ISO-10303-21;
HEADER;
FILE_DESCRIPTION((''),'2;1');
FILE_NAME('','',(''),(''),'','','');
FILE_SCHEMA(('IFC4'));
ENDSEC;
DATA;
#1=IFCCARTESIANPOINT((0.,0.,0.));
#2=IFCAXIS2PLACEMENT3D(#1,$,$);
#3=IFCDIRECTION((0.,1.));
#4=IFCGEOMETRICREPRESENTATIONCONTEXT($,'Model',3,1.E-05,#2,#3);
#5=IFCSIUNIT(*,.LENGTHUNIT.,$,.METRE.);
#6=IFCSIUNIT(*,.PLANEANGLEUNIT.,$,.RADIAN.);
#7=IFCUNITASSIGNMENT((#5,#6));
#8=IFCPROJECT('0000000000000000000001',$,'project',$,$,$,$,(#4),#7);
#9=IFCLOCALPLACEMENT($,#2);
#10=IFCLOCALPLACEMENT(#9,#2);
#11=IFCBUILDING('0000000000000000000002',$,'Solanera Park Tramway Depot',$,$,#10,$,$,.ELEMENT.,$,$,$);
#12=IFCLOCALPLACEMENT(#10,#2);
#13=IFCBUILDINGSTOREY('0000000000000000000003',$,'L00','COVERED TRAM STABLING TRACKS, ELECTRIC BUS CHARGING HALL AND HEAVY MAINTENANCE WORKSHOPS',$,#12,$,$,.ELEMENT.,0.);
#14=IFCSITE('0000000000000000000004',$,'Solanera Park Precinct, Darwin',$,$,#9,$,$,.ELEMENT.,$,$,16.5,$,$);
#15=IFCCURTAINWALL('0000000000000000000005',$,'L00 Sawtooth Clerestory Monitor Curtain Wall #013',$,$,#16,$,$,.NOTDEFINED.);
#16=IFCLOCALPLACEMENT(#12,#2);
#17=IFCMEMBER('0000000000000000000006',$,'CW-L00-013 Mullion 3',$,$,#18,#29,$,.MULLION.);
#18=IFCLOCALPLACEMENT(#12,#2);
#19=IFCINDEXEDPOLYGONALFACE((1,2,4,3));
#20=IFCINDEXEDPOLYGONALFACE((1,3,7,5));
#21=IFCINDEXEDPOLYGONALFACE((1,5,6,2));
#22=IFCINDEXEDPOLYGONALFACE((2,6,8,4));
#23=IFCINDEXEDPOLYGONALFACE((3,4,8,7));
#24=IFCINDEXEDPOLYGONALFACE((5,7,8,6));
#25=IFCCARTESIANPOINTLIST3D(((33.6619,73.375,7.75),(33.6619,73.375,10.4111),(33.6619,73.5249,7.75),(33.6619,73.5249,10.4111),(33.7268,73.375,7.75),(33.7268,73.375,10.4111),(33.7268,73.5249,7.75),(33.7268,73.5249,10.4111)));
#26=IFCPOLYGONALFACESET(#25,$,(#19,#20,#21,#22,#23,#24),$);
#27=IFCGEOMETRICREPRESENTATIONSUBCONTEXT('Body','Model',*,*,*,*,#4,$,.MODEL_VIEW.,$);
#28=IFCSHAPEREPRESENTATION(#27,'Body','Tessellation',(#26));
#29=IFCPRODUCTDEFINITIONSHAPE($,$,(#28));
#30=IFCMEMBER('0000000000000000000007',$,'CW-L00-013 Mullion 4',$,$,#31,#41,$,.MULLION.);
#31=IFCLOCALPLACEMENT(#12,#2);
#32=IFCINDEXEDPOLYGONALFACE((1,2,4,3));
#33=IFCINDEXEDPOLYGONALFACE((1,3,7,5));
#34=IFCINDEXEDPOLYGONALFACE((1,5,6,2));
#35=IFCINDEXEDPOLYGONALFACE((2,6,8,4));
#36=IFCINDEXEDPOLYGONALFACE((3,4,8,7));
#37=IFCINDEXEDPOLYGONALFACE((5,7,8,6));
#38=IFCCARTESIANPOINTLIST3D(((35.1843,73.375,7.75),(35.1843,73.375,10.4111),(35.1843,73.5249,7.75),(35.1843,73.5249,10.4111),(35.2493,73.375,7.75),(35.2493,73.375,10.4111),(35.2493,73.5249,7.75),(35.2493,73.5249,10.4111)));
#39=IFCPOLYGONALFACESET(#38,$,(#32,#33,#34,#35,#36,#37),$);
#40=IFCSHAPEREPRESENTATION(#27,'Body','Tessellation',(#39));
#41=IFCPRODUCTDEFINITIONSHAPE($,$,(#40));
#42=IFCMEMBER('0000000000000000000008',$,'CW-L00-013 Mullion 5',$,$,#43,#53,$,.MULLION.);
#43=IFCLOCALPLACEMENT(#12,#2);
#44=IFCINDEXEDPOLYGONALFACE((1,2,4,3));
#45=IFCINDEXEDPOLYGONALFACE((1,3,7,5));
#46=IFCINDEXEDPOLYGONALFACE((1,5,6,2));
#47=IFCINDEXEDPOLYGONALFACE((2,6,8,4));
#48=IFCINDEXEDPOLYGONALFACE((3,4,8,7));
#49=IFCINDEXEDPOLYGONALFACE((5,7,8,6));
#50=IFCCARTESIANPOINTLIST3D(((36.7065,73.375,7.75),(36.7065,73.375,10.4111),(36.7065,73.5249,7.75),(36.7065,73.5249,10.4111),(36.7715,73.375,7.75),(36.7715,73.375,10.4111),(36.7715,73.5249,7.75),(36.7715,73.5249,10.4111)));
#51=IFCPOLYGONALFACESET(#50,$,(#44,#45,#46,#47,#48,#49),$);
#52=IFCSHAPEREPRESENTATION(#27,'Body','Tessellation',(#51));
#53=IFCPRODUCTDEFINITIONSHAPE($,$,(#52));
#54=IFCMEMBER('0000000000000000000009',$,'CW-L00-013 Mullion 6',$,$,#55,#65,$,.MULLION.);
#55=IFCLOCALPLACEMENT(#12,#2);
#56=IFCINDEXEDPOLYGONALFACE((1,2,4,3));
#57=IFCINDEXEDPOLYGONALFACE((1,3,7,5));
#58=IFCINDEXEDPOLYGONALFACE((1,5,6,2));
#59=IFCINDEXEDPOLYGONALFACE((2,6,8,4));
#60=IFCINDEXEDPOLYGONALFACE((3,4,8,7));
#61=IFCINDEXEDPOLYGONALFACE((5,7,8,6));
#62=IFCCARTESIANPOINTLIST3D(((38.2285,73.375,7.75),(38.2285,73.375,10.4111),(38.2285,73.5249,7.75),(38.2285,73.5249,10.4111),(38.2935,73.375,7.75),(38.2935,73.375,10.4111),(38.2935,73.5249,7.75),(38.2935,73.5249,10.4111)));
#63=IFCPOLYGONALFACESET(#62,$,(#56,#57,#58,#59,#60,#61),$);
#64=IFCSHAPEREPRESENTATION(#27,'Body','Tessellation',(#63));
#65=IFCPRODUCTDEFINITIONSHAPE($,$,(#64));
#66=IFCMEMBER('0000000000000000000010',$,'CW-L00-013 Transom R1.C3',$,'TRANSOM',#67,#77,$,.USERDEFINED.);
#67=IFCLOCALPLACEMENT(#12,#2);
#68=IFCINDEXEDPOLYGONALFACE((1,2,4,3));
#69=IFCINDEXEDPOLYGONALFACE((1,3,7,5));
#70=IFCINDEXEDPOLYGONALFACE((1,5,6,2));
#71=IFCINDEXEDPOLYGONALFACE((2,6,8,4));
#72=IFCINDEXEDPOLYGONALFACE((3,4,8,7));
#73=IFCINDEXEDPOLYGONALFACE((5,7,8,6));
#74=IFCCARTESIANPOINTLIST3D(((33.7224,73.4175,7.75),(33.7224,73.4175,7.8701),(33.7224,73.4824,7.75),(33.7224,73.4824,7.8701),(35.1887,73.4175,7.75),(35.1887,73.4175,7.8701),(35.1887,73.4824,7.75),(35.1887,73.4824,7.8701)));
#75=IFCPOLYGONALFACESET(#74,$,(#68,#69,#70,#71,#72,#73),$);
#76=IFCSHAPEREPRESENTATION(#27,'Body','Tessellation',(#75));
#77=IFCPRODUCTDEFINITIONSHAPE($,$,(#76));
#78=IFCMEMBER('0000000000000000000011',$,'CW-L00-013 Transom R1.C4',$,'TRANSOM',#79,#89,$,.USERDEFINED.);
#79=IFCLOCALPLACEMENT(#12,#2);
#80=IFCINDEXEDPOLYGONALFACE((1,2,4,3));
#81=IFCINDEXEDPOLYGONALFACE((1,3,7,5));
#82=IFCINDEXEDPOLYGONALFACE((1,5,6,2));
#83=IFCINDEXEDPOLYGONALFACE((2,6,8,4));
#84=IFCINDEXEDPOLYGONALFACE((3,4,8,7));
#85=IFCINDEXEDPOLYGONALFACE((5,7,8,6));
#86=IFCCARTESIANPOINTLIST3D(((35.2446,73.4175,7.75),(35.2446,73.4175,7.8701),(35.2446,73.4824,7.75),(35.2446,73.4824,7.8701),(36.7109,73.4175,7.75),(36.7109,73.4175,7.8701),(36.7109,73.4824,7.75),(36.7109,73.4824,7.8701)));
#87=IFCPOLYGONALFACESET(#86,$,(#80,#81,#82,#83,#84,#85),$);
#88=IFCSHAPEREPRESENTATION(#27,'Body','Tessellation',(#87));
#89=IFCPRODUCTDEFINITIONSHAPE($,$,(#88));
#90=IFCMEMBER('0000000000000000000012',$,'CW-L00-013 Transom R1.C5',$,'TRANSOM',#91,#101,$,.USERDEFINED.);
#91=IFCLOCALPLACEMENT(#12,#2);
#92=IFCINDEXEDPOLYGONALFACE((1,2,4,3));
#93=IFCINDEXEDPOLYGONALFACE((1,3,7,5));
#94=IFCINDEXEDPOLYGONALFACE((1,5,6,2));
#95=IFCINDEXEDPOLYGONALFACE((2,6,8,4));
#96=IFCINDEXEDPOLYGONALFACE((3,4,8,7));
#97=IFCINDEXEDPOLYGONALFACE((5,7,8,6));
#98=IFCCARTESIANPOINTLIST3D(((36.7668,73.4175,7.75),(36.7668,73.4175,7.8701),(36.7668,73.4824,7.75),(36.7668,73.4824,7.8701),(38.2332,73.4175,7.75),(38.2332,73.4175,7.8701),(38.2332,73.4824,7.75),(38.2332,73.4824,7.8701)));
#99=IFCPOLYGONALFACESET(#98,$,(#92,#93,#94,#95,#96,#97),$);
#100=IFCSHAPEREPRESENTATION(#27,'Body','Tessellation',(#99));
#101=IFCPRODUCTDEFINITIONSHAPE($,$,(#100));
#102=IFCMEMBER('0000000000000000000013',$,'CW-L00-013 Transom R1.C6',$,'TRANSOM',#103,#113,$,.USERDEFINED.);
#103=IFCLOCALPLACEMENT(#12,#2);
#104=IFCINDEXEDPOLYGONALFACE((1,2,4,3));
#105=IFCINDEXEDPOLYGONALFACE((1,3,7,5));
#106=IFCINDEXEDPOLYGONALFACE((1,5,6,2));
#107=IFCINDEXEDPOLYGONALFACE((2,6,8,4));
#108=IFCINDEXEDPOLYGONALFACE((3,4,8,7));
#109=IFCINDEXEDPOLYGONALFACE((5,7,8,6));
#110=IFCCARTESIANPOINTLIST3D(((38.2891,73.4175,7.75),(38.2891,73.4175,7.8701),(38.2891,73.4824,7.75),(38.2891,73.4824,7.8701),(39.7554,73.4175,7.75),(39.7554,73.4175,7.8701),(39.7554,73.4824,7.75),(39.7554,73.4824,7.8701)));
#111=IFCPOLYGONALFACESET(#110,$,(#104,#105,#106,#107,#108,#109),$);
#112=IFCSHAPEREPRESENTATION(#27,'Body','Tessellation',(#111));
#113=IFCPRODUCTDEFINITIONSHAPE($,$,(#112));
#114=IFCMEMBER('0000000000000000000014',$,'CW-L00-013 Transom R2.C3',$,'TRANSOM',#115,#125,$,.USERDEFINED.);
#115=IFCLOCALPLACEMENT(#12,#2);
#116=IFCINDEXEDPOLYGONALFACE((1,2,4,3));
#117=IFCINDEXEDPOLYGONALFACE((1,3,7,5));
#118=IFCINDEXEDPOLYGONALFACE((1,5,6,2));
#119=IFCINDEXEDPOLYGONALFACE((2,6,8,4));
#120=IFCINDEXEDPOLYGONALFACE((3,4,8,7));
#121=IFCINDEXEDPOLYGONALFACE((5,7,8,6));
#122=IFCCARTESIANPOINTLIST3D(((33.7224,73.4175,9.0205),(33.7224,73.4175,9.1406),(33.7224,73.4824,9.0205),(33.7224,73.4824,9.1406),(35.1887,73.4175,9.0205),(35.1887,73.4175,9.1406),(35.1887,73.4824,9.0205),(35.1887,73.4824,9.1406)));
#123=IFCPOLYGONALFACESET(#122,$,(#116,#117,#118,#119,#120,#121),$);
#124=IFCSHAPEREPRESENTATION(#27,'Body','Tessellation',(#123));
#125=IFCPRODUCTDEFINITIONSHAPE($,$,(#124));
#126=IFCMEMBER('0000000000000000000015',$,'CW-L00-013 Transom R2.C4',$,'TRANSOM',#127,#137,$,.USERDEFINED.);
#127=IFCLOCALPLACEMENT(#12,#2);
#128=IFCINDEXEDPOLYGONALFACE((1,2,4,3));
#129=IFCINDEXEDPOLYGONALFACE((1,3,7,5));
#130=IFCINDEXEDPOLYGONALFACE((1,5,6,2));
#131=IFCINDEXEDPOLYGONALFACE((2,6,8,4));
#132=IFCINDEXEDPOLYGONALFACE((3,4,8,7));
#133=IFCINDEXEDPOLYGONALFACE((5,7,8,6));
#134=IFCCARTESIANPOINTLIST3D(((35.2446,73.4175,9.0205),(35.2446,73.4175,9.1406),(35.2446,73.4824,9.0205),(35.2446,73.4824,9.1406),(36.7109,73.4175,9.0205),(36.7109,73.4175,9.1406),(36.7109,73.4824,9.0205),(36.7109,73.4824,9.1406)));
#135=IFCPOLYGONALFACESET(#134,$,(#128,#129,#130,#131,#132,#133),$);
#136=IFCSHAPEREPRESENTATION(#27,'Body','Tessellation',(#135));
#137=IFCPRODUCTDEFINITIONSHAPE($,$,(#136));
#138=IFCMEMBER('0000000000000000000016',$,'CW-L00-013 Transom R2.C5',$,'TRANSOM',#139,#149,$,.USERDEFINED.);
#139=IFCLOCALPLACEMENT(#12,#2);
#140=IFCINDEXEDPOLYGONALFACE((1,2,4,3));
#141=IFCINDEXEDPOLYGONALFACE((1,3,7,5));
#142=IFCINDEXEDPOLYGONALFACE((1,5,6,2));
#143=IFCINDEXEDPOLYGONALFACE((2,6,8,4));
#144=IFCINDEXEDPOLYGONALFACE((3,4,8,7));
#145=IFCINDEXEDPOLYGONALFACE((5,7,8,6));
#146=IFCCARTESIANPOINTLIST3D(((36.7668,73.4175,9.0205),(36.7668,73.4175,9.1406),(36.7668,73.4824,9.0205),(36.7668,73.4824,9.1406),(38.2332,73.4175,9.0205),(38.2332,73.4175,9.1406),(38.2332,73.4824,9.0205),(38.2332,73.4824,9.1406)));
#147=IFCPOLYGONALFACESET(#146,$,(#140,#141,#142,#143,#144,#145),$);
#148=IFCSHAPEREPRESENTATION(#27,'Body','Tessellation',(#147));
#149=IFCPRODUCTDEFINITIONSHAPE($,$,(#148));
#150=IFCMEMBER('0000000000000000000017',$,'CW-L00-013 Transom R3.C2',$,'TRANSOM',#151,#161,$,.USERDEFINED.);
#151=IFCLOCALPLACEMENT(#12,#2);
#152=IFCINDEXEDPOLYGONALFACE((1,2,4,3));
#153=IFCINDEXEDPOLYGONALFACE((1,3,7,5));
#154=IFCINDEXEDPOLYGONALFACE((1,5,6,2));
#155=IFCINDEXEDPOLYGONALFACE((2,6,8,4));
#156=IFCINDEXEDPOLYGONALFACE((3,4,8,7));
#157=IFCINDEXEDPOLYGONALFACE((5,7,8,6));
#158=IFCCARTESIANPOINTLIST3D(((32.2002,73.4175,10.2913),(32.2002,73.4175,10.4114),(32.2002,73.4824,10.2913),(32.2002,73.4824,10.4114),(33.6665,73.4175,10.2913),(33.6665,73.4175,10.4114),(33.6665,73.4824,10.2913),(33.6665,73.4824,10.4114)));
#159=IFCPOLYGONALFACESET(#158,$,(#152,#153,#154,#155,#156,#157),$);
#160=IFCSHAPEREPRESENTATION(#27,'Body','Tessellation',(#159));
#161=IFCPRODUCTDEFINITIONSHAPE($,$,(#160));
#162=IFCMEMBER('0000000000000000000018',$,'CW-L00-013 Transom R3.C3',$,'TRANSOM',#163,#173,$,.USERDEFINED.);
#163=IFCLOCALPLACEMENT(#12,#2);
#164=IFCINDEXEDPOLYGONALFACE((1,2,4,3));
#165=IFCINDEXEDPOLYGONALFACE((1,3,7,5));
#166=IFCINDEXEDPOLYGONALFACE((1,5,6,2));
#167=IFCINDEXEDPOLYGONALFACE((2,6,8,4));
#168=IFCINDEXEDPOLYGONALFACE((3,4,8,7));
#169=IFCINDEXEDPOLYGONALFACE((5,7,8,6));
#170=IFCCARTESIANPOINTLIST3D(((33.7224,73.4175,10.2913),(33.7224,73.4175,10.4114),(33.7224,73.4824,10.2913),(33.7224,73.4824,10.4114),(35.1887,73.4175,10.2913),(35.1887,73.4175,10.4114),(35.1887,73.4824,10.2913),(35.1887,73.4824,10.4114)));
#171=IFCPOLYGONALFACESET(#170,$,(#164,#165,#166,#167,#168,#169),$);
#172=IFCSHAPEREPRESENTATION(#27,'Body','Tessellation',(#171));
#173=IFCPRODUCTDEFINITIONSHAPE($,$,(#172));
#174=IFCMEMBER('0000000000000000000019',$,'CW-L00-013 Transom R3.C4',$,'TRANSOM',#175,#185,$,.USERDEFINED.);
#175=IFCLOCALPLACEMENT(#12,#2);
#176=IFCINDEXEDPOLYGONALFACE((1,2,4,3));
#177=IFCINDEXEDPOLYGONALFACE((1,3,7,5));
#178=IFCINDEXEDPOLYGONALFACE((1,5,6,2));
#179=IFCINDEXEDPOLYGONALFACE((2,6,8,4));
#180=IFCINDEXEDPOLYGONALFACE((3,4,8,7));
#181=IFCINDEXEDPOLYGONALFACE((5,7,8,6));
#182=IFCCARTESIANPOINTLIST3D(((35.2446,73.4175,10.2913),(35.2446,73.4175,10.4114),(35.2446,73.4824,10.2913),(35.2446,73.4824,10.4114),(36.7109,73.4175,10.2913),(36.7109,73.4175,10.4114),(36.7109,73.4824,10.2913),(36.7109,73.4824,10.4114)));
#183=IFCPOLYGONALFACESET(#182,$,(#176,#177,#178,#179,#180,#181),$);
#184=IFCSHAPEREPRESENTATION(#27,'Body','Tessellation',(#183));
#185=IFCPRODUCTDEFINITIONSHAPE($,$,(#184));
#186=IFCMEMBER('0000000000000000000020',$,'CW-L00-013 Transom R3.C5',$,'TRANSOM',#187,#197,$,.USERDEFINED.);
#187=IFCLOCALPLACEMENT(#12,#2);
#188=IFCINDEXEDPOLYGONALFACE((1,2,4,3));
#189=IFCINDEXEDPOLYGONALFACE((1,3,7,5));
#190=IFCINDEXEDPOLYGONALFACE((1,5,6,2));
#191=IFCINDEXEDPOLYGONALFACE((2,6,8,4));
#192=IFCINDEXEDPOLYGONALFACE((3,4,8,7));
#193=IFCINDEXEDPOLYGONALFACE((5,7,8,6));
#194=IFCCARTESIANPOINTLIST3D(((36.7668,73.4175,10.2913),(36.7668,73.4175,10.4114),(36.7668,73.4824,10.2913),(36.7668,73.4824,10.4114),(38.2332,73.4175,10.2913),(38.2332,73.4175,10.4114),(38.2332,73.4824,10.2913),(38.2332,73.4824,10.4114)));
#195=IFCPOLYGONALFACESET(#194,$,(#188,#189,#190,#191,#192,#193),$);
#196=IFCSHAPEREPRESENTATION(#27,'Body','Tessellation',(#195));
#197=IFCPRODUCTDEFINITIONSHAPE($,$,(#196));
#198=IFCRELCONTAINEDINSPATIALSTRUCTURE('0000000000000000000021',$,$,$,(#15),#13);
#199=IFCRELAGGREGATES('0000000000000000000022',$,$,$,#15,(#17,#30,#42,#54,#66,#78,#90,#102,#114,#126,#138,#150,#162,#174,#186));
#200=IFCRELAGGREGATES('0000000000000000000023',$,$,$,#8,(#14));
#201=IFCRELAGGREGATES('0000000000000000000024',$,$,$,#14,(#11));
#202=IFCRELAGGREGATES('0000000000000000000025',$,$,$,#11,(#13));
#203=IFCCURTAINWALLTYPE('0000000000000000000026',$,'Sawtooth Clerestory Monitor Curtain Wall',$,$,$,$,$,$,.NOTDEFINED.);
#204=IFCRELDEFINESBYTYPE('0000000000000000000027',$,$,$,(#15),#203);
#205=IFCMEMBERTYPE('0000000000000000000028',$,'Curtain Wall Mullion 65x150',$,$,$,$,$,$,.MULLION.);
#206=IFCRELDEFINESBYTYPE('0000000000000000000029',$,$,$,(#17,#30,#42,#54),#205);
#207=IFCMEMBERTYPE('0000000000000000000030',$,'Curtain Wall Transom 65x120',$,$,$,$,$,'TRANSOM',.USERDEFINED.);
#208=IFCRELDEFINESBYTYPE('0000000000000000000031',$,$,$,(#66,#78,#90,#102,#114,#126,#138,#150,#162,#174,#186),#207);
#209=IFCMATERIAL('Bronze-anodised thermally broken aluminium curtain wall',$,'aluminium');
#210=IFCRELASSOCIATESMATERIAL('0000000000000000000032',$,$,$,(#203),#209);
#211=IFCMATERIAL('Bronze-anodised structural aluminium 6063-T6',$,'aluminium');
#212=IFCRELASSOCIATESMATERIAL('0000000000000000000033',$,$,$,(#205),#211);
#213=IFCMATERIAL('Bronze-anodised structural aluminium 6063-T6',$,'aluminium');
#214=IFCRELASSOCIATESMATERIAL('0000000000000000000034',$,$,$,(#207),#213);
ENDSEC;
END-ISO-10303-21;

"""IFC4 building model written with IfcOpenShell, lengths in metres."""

from ifc_helpers import new_model, si_unit, direction, frame, origin, origin_2d, place, context, subcontext, project, spatial, rectangle, extrude, material, material_profile, profile_set, type_object, element, aggregate, save


model = new_model("IFC4")

# Units and contexts
model_context = context("Model", 3, precision=1e-05, world=origin(), true_north=direction((0.0, 1.0)))
body_context = subcontext(model_context, "Body", "Model", "MODEL_VIEW")
ifc_project = project(units=[si_unit("LENGTHUNIT", "METRE"), si_unit("PLANEANGLEUNIT", "RADIAN")], contexts=[model_context])

# Site, building, storey
site_placement = place(None, origin())
site = spatial("IfcSite", under=ifc_project, at=site_placement, Name="Solanera Park Precinct, Darwin", CompositionType="ELEMENT", RefElevation=16.5)
building_placement = place(site_placement, origin())
building = spatial("IfcBuilding", under=site, at=building_placement, Name="Solanera Park Tramway Depot", CompositionType="ELEMENT")
storey_placement = place(building_placement, origin())
storey = spatial("IfcBuildingStorey", under=building, at=storey_placement, Name="L00", Description="COVERED TRAM STABLING TRACKS, ELECTRIC BUS CHARGING HALL AND HEAVY MAINTENANCE WORKSHOPS", CompositionType="ELEMENT", Elevation=0.0)

# Curtain wall, members
ifc_material_1 = material(Name="Bronze-anodised thermally broken aluminium curtain wall", Category="aluminium")
curtain_wall_type = type_object("IfcCurtainWallType", Name="Sawtooth Clerestory Monitor Curtain Wall", PredefinedType="NOTDEFINED", material=ifc_material_1)
curtain_wall_placement = place(storey_placement, origin())
curtain_wall = element("IfcCurtainWall", 1, at=curtain_wall_placement, inside=storey, type_object=curtain_wall_type, Name="L00 Sawtooth Clerestory Monitor Curtain Wall #013", PredefinedType="NOTDEFINED")
ifc_material_2 = material(Name="Bronze-anodised structural aluminium 6063-T6", Category="aluminium")
ifc_material_profile_1 = material_profile(ifc_material_2, rectangle(XDim=0.0649, YDim=0.1499, at=origin_2d()), Name="Curtain Wall Mullion 65x150")
ifc_profile_set_1 = profile_set([ifc_material_profile_1], Name="Bronze-anodised structural aluminium 6063-T6")
member_type_1 = type_object("IfcMemberType", Name="Curtain Wall Mullion 65x150", PredefinedType="MULLION", material=ifc_profile_set_1)
member_1_placement = place(storey_placement, frame((33.6943, 73.45, 7.75), z_axis=(0.0, 0.0, 1.0), x_axis=(1.0, 0.0, 0.0)))
member_1 = element("IfcMember", 2, at=member_1_placement, type_object=member_type_1, Name="CW-L00-013 Mullion 3", PredefinedType="MULLION", context=body_context, shape_type="SweptSolid", body=[
    extrude(rectangle(XDim=0.0649, YDim=0.1499, at=origin_2d()), origin(), (0.0, 0.0, 1.0), 2.6611),
])
member_2_placement = place(storey_placement, frame((35.2168, 73.45, 7.75), z_axis=(0.0, 0.0, 1.0), x_axis=(1.0, 0.0, 0.0)))
member_2 = element("IfcMember", 3, at=member_2_placement, type_object=member_type_1, Name="CW-L00-013 Mullion 4", PredefinedType="MULLION", context=body_context, shape_type="SweptSolid", body=[
    extrude(rectangle(XDim=0.0649, YDim=0.1499, at=origin_2d()), origin(), (0.0, 0.0, 1.0), 2.6611),
])
member_3_placement = place(storey_placement, frame((36.739, 73.45, 7.75), z_axis=(0.0, 0.0, 1.0), x_axis=(1.0, 0.0, 0.0)))
member_3 = element("IfcMember", 4, at=member_3_placement, type_object=member_type_1, Name="CW-L00-013 Mullion 5", PredefinedType="MULLION", context=body_context, shape_type="SweptSolid", body=[
    extrude(rectangle(XDim=0.0649, YDim=0.1499, at=origin_2d()), origin(), (0.0, 0.0, 1.0), 2.6611),
])
member_4_placement = place(storey_placement, frame((38.261, 73.45, 7.75), z_axis=(0.0, 0.0, 1.0), x_axis=(1.0, 0.0, 0.0)))
member_4 = element("IfcMember", 5, at=member_4_placement, type_object=member_type_1, Name="CW-L00-013 Mullion 6", PredefinedType="MULLION", context=body_context, shape_type="SweptSolid", body=[
    extrude(rectangle(XDim=0.0649, YDim=0.1499, at=origin_2d()), origin(), (0.0, 0.0, 1.0), 2.6611),
])
ifc_material_3 = material(Name="Bronze-anodised structural aluminium 6063-T6", Category="aluminium")
ifc_material_profile_2 = material_profile(ifc_material_3, rectangle(XDim=0.0649, YDim=0.1201, at=origin_2d()), Name="Curtain Wall Transom 65x120")
ifc_profile_set_2 = profile_set([ifc_material_profile_2], Name="Bronze-anodised structural aluminium 6063-T6")
member_type_2 = type_object("IfcMemberType", Name="Curtain Wall Transom 65x120", ElementType="TRANSOM", PredefinedType="USERDEFINED", material=ifc_profile_set_2)
member_5_placement = place(storey_placement, frame((33.7224, 73.45, 7.8101), z_axis=(1.0, 0.0, 0.0), x_axis=(0.0, 1.0, 0.0)))
member_5 = element("IfcMember", 6, at=member_5_placement, type_object=member_type_2, Name="CW-L00-013 Transom R1.C3", ObjectType="TRANSOM", PredefinedType="USERDEFINED", context=body_context, shape_type="SweptSolid", body=[
    extrude(rectangle(XDim=0.0649, YDim=0.1201, at=origin_2d()), origin(), (0.0, 0.0, 1.0), 1.4663),
])
member_6_placement = place(storey_placement, frame((35.2446, 73.45, 7.8101), z_axis=(1.0, 0.0, 0.0), x_axis=(0.0, 1.0, 0.0)))
member_6 = element("IfcMember", 7, at=member_6_placement, type_object=member_type_2, Name="CW-L00-013 Transom R1.C4", ObjectType="TRANSOM", PredefinedType="USERDEFINED", context=body_context, shape_type="SweptSolid", body=[
    extrude(rectangle(XDim=0.0649, YDim=0.1201, at=origin_2d()), origin(), (0.0, 0.0, 1.0), 1.4663),
])
member_7_placement = place(storey_placement, frame((36.7668, 73.45, 7.8101), z_axis=(1.0, 0.0, 0.0), x_axis=(0.0, 1.0, 0.0)))
member_7 = element("IfcMember", 8, at=member_7_placement, type_object=member_type_2, Name="CW-L00-013 Transom R1.C5", ObjectType="TRANSOM", PredefinedType="USERDEFINED", context=body_context, shape_type="SweptSolid", body=[
    extrude(rectangle(XDim=0.0649, YDim=0.1201, at=origin_2d()), origin(), (0.0, 0.0, 1.0), 1.4663),
])
member_8_placement = place(storey_placement, frame((38.2891, 73.45, 7.8101), z_axis=(1.0, 0.0, 0.0), x_axis=(0.0, 1.0, 0.0)))
member_8 = element("IfcMember", 9, at=member_8_placement, type_object=member_type_2, Name="CW-L00-013 Transom R1.C6", ObjectType="TRANSOM", PredefinedType="USERDEFINED", context=body_context, shape_type="SweptSolid", body=[
    extrude(rectangle(XDim=0.0649, YDim=0.1201, at=origin_2d()), origin(), (0.0, 0.0, 1.0), 1.4663),
])
member_9_placement = place(storey_placement, frame((33.7224, 73.45, 9.0806), z_axis=(1.0, 0.0, 0.0), x_axis=(0.0, 1.0, 0.0)))
member_9 = element("IfcMember", 10, at=member_9_placement, type_object=member_type_2, Name="CW-L00-013 Transom R2.C3", ObjectType="TRANSOM", PredefinedType="USERDEFINED", context=body_context, shape_type="SweptSolid", body=[
    extrude(rectangle(XDim=0.0649, YDim=0.1201, at=origin_2d()), origin(), (0.0, 0.0, 1.0), 1.4663),
])
member_10_placement = place(storey_placement, frame((35.2446, 73.45, 9.0806), z_axis=(1.0, 0.0, 0.0), x_axis=(0.0, 1.0, 0.0)))
member_10 = element("IfcMember", 11, at=member_10_placement, type_object=member_type_2, Name="CW-L00-013 Transom R2.C4", ObjectType="TRANSOM", PredefinedType="USERDEFINED", context=body_context, shape_type="SweptSolid", body=[
    extrude(rectangle(XDim=0.0649, YDim=0.1201, at=origin_2d()), origin(), (0.0, 0.0, 1.0), 1.4663),
])
member_11_placement = place(storey_placement, frame((36.7668, 73.45, 9.0806), z_axis=(1.0, 0.0, 0.0), x_axis=(0.0, 1.0, 0.0)))
member_11 = element("IfcMember", 12, at=member_11_placement, type_object=member_type_2, Name="CW-L00-013 Transom R2.C5", ObjectType="TRANSOM", PredefinedType="USERDEFINED", context=body_context, shape_type="SweptSolid", body=[
    extrude(rectangle(XDim=0.0649, YDim=0.1201, at=origin_2d()), origin(), (0.0, 0.0, 1.0), 1.4663),
])
member_12_placement = place(storey_placement, frame((32.2002, 73.45, 10.3513), z_axis=(1.0, 0.0, 0.0), x_axis=(0.0, 1.0, 0.0)))
member_12 = element("IfcMember", 13, at=member_12_placement, type_object=member_type_2, Name="CW-L00-013 Transom R3.C2", ObjectType="TRANSOM", PredefinedType="USERDEFINED", context=body_context, shape_type="SweptSolid", body=[
    extrude(rectangle(XDim=0.0649, YDim=0.1201, at=origin_2d()), origin(), (0.0, 0.0, 1.0), 1.4663),
])
member_13_placement = place(storey_placement, frame((33.7224, 73.45, 10.3513), z_axis=(1.0, 0.0, 0.0), x_axis=(0.0, 1.0, 0.0)))
member_13 = element("IfcMember", 14, at=member_13_placement, type_object=member_type_2, Name="CW-L00-013 Transom R3.C3", ObjectType="TRANSOM", PredefinedType="USERDEFINED", context=body_context, shape_type="SweptSolid", body=[
    extrude(rectangle(XDim=0.0649, YDim=0.1201, at=origin_2d()), origin(), (0.0, 0.0, 1.0), 1.4663),
])
member_14_placement = place(storey_placement, frame((35.2446, 73.45, 10.3513), z_axis=(1.0, 0.0, 0.0), x_axis=(0.0, 1.0, 0.0)))
member_14 = element("IfcMember", 15, at=member_14_placement, type_object=member_type_2, Name="CW-L00-013 Transom R3.C4", ObjectType="TRANSOM", PredefinedType="USERDEFINED", context=body_context, shape_type="SweptSolid", body=[
    extrude(rectangle(XDim=0.0649, YDim=0.1201, at=origin_2d()), origin(), (0.0, 0.0, 1.0), 1.4663),
])
member_15_placement = place(storey_placement, frame((36.7668, 73.45, 10.3513), z_axis=(1.0, 0.0, 0.0), x_axis=(0.0, 1.0, 0.0)))
member_15 = element("IfcMember", 16, at=member_15_placement, type_object=member_type_2, Name="CW-L00-013 Transom R3.C5", ObjectType="TRANSOM", PredefinedType="USERDEFINED", context=body_context, shape_type="SweptSolid", body=[
    extrude(rectangle(XDim=0.0649, YDim=0.1201, at=origin_2d()), origin(), (0.0, 0.0, 1.0), 1.4663),
])

aggregate(curtain_wall, [member_1, member_2, member_3, member_4, member_5, member_6, member_7, member_8, member_9, member_10, member_11, member_12, member_13, member_14, member_15])

save(model, "model.ifc")
